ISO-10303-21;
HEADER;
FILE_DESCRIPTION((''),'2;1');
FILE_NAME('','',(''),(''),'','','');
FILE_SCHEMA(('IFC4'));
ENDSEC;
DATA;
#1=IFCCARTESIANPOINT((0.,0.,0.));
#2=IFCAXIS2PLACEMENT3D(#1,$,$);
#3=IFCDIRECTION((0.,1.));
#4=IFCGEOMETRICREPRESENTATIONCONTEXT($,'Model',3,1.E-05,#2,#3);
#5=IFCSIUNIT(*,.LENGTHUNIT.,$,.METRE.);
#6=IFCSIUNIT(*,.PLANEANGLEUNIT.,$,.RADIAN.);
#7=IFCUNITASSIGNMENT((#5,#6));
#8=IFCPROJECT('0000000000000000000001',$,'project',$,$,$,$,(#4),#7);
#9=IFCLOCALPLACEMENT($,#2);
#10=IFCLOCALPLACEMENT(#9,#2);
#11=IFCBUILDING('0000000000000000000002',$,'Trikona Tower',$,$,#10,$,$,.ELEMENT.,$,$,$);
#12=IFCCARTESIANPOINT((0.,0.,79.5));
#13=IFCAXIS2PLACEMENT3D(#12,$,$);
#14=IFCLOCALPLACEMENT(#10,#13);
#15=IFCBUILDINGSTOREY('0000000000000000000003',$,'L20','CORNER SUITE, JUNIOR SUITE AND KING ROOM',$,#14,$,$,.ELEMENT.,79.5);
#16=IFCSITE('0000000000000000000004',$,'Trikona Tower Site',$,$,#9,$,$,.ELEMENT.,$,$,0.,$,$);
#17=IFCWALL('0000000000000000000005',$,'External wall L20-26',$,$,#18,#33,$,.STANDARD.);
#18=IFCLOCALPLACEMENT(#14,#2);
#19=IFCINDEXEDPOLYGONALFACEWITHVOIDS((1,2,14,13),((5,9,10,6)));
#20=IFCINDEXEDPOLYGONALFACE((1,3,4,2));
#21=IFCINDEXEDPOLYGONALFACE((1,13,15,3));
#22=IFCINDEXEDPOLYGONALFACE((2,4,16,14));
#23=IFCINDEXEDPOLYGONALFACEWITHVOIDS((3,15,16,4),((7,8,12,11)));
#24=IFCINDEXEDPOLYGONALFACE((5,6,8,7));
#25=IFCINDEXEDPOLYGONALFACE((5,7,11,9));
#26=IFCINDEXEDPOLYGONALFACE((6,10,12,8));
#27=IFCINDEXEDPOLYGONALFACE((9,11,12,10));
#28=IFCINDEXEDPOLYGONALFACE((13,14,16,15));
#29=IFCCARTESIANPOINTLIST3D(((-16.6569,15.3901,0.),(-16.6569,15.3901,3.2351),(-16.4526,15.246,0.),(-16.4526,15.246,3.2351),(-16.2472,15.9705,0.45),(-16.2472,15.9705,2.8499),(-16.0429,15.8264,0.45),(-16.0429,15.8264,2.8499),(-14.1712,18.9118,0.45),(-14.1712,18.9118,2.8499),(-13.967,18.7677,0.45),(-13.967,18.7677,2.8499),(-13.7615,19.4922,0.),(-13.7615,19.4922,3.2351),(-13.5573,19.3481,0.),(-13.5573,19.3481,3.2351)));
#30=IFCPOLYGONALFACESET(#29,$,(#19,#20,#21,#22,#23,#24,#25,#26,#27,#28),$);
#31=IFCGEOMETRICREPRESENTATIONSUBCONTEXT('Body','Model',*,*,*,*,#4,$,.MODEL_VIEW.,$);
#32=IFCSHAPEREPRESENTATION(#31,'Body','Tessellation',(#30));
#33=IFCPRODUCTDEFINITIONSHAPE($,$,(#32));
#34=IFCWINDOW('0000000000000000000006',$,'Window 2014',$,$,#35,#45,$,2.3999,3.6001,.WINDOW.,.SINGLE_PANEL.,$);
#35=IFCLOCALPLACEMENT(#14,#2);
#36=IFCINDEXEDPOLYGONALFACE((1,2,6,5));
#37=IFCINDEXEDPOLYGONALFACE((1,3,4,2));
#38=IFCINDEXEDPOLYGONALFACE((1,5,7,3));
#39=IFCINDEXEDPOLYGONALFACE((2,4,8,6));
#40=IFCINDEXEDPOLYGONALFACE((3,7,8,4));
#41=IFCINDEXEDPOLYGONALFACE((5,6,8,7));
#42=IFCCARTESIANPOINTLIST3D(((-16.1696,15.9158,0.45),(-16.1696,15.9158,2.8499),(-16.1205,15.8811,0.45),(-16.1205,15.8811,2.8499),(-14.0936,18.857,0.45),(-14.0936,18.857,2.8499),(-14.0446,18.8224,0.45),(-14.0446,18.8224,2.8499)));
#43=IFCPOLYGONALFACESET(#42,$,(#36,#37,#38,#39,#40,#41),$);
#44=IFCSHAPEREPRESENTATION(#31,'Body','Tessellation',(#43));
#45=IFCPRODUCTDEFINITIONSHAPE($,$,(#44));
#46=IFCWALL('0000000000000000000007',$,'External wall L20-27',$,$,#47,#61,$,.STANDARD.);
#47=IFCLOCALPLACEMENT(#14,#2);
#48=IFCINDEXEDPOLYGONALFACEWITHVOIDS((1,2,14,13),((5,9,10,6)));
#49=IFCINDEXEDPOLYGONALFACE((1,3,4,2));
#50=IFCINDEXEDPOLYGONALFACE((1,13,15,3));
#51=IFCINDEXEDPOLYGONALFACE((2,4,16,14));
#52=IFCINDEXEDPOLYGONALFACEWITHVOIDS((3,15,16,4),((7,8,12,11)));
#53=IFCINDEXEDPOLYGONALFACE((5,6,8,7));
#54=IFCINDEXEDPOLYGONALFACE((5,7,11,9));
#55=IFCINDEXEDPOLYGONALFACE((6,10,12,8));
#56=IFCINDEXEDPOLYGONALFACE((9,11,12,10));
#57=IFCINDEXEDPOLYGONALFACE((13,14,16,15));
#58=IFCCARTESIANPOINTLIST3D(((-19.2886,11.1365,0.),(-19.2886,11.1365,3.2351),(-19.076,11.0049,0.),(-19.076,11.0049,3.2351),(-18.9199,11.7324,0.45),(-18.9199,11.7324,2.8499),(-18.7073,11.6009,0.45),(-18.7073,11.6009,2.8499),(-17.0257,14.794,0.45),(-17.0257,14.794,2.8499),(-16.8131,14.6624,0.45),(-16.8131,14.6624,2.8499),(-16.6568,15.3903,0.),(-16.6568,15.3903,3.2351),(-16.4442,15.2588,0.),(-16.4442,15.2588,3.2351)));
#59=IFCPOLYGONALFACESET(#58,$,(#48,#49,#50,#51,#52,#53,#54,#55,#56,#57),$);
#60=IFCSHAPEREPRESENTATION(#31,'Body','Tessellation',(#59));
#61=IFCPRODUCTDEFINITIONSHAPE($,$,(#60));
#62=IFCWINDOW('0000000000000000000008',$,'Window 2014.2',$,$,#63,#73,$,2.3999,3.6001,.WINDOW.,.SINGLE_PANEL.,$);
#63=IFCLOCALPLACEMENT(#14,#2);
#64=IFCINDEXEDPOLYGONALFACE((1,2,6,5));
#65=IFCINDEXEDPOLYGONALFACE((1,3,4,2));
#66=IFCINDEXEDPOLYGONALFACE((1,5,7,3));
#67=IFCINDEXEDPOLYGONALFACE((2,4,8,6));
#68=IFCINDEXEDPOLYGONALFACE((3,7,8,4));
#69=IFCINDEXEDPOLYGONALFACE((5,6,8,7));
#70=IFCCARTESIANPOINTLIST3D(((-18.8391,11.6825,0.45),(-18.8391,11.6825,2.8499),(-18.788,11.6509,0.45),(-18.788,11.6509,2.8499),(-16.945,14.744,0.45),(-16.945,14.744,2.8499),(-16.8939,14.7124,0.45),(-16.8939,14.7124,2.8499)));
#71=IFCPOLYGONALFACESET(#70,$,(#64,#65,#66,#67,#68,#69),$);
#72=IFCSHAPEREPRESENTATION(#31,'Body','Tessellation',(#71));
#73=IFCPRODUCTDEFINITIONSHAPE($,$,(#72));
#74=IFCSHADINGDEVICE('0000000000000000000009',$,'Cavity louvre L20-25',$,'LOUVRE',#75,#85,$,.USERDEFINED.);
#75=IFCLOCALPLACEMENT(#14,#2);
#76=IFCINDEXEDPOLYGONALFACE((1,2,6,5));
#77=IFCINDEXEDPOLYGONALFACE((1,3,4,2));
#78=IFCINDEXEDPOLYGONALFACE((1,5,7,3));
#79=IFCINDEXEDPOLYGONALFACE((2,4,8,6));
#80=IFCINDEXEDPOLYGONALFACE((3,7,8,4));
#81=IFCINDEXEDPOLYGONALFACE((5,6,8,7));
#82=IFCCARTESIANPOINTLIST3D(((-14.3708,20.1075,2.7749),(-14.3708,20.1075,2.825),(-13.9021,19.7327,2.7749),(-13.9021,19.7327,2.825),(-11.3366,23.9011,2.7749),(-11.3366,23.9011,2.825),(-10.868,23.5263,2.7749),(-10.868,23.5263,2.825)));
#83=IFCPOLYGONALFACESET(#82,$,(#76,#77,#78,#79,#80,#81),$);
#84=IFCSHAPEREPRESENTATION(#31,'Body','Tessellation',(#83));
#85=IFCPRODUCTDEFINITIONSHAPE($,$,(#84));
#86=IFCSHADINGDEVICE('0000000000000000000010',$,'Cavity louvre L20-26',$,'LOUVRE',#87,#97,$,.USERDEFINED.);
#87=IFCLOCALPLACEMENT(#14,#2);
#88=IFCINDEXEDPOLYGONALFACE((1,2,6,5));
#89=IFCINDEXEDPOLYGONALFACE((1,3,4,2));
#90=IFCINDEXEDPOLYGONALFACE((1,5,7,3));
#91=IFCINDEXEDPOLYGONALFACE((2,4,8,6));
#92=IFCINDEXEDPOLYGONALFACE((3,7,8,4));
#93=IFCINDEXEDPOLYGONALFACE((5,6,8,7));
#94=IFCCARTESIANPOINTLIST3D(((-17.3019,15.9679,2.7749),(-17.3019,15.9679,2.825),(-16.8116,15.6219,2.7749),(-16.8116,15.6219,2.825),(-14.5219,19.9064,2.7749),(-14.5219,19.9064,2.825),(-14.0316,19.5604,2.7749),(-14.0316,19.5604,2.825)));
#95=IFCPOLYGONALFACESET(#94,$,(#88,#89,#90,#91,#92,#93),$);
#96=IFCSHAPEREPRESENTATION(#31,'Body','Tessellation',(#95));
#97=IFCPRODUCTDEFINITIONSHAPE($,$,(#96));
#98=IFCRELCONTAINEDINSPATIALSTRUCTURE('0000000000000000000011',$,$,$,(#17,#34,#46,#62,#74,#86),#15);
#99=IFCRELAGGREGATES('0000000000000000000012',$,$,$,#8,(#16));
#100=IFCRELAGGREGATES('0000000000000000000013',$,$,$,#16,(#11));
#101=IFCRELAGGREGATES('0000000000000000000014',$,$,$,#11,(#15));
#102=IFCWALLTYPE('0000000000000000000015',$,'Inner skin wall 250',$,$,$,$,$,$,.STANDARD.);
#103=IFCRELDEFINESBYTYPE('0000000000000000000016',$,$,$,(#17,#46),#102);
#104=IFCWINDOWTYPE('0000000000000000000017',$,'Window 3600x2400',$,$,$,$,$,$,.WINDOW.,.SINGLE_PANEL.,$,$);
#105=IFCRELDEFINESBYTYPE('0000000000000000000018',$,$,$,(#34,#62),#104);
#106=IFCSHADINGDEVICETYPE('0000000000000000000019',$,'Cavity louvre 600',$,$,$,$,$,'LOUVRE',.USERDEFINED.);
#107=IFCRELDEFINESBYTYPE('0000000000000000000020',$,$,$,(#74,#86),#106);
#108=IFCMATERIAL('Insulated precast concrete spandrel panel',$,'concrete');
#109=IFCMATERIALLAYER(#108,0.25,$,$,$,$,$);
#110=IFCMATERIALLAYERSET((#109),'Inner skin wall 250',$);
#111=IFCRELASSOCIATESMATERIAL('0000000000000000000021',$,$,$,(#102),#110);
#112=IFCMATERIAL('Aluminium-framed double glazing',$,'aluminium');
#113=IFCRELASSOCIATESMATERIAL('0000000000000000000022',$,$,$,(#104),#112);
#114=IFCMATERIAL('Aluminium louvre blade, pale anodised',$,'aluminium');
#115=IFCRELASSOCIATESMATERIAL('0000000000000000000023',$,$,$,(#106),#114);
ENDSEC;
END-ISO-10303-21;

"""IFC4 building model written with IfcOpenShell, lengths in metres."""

from ifc_helpers import new_model, si_unit, direction, frame, frame_2d, origin, origin_2d, place, context, subcontext, project, spatial, rectangle, extrude, material, layer, layer_set, type_object, element, fill, save


model = new_model("IFC4")

# Units and contexts
model_context = context("Model", 3, precision=1e-05, world=origin(), true_north=direction((0.0, 1.0)))
body_context = subcontext(model_context, "Body", "Model", "MODEL_VIEW")
ifc_project = project(units=[si_unit("LENGTHUNIT", "METRE"), si_unit("PLANEANGLEUNIT", "RADIAN")], contexts=[model_context])

# Site, building, storey
site_placement = place(None, origin())
site = spatial("IfcSite", under=ifc_project, at=site_placement, Name="Trikona Tower Site", CompositionType="ELEMENT", RefElevation=0.0)
building_placement = place(site_placement, origin())
building = spatial("IfcBuilding", under=site, at=building_placement, Name="Trikona Tower", CompositionType="ELEMENT")
storey_placement = place(building_placement, frame((0.0, 0.0, 79.5)))
storey = spatial("IfcBuildingStorey", under=building, at=storey_placement, Name="L20", Description="CORNER SUITE, JUNIOR SUITE AND KING ROOM", CompositionType="ELEMENT", Elevation=79.5)

# Walls, openings, windows
ifc_material_1 = material(Name="Insulated precast concrete spandrel panel", Category="concrete")
ifc_layer_1 = layer(ifc_material_1, 0.25)
ifc_layer_set_1 = layer_set([ifc_layer_1], Name="Inner skin wall 250")
wall_type = type_object("IfcWallType", Name="Inner skin wall 250", PredefinedType="STANDARD", material=ifc_layer_set_1)
ifc_material_2 = material(Name="Aluminium-framed double glazing", Category="aluminium")
window_type = type_object("IfcWindowType", Name="Window 3600x2400", PartitioningType="SINGLE_PANEL", PredefinedType="WINDOW", material=ifc_material_2)
wall_1_placement = place(storey_placement, frame((-13.6594, 19.4202, 0.0), z_axis=(0.0, 0.0, 1.0), x_axis=(-0.576643, -0.816996, 0.0)))
wall_1 = element("IfcWall", 1, at=wall_1_placement, inside=storey, type_object=wall_type, Name="External wall L20-26", PredefinedType="STANDARD", context=body_context, shape_type="SweptSolid", body=[
    extrude(rectangle(XDim=5.021, YDim=0.25, at=frame_2d((2.5105, 0.0))), origin(), (0.0, 0.0, 1.0), 3.2351),
])
opening_1_placement = place(wall_1_placement, frame((0.7104, 0.0, 0.45)))
opening_1 = element("IfcOpeningElement", 2, at=opening_1_placement, cuts=wall_1, PredefinedType="OPENING", context=body_context, shape_type="SweptSolid", body=[
    extrude(rectangle(XDim=3.6001, YDim=2.3999, at=frame_2d((1.8, 1.2))), frame((0.0, 0.135, 0.0), z_axis=(0.0, -1.0, 0.0), x_axis=(1.0, 0.0, 0.0)), (0.0, 0.0, 1.0), 0.27),
])
window_1_placement = place(opening_1_placement, origin())
window_1 = element("IfcWindow", 3, at=window_1_placement, inside=storey, type_object=window_type, Name="Window 2014", OverallHeight=2.3999, OverallWidth=3.6001, PartitioningType="SINGLE_PANEL", PredefinedType="WINDOW", context=body_context, shape_type="SweptSolid", body=[
    extrude(rectangle(XDim=3.6001, YDim=2.3999, at=frame_2d((1.8, 1.2))), frame((0.0, 0.03, 0.0), z_axis=(0.0, -1.0, 0.0), x_axis=(1.0, 0.0, 0.0)), (0.0, 0.0, 1.0), 0.0601),
])
fill(opening_1, window_1)
wall_2_placement = place(storey_placement, frame((-16.5505, 15.3245, 0.0), z_axis=(0.0, 0.0, 1.0), x_axis=(-0.526133, -0.850402, 0.0)))
wall_2 = element("IfcWall", 4, at=wall_2_placement, inside=storey, type_object=wall_type, Name="External wall L20-27", PredefinedType="STANDARD", context=body_context, shape_type="SweptSolid", body=[
    extrude(rectangle(XDim=5.0022, YDim=0.25, at=frame_2d((2.501, 0.0))), origin(), (0.0, 0.0, 1.0), 3.2351),
])
opening_2_placement = place(wall_2_placement, frame((0.7012, 0.0, 0.45)))
opening_2 = element("IfcOpeningElement", 5, at=opening_2_placement, cuts=wall_2, PredefinedType="OPENING", context=body_context, shape_type="SweptSolid", body=[
    extrude(rectangle(XDim=3.6001, YDim=2.3999, at=frame_2d((1.8, 1.2))), frame((0.0, 0.135, 0.0), z_axis=(0.0, -1.0, 0.0), x_axis=(1.0, 0.0, 0.0)), (0.0, 0.0, 1.0), 0.27),
])
window_2_placement = place(opening_2_placement, origin())
window_2 = element("IfcWindow", 6, at=window_2_placement, inside=storey, type_object=window_type, Name="Window 2014.2", OverallHeight=2.3999, OverallWidth=3.6001, PartitioningType="SINGLE_PANEL", PredefinedType="WINDOW", context=body_context, shape_type="SweptSolid", body=[
    extrude(rectangle(XDim=3.6001, YDim=2.3999, at=frame_2d((1.8, 1.2))), frame((0.0, 0.03, 0.0), z_axis=(0.0, -1.0, 0.0), x_axis=(1.0, 0.0, 0.0)), (0.0, 0.0, 1.0), 0.0601),
])
fill(opening_2, window_2)

# Shading devices
ifc_material_3 = material(Name="Aluminium louvre blade, pale anodised", Category="aluminium")
shading_device_type = type_object("IfcShadingDeviceType", Name="Cavity louvre 600", ElementType="LOUVRE", PredefinedType="USERDEFINED", material=ifc_material_3)
shading_device_1_placement = place(storey_placement, frame((-12.6194, 21.8169, 2.7749), z_axis=(0.0, 0.0, 1.0), x_axis=(-0.624604, -0.780942, 0.0)))
element("IfcShadingDevice", 7, at=shading_device_1_placement, inside=storey, type_object=shading_device_type, Name="Cavity louvre L20-25", ObjectType="LOUVRE", PredefinedType="USERDEFINED", context=body_context, shape_type="SweptSolid", body=[
    extrude(rectangle(XDim=4.8577, YDim=0.6001, at=origin_2d()), origin(), (0.0, 0.0, 1.0), 0.05),
])
shading_device_2_placement = place(storey_placement, frame((-15.6667, 17.7642, 2.7749), z_axis=(0.0, 0.0, 1.0), x_axis=(-0.576662, -0.816983, 0.0)))
element("IfcShadingDevice", 8, at=shading_device_2_placement, inside=storey, type_object=shading_device_type, Name="Cavity louvre L20-26", ObjectType="LOUVRE", PredefinedType="USERDEFINED", context=body_context, shape_type="SweptSolid", body=[
    extrude(rectangle(XDim=4.8208, YDim=0.6001, at=origin_2d()), origin(), (0.0, 0.0, 1.0), 0.05),
])

save(model, "model.ifc")
